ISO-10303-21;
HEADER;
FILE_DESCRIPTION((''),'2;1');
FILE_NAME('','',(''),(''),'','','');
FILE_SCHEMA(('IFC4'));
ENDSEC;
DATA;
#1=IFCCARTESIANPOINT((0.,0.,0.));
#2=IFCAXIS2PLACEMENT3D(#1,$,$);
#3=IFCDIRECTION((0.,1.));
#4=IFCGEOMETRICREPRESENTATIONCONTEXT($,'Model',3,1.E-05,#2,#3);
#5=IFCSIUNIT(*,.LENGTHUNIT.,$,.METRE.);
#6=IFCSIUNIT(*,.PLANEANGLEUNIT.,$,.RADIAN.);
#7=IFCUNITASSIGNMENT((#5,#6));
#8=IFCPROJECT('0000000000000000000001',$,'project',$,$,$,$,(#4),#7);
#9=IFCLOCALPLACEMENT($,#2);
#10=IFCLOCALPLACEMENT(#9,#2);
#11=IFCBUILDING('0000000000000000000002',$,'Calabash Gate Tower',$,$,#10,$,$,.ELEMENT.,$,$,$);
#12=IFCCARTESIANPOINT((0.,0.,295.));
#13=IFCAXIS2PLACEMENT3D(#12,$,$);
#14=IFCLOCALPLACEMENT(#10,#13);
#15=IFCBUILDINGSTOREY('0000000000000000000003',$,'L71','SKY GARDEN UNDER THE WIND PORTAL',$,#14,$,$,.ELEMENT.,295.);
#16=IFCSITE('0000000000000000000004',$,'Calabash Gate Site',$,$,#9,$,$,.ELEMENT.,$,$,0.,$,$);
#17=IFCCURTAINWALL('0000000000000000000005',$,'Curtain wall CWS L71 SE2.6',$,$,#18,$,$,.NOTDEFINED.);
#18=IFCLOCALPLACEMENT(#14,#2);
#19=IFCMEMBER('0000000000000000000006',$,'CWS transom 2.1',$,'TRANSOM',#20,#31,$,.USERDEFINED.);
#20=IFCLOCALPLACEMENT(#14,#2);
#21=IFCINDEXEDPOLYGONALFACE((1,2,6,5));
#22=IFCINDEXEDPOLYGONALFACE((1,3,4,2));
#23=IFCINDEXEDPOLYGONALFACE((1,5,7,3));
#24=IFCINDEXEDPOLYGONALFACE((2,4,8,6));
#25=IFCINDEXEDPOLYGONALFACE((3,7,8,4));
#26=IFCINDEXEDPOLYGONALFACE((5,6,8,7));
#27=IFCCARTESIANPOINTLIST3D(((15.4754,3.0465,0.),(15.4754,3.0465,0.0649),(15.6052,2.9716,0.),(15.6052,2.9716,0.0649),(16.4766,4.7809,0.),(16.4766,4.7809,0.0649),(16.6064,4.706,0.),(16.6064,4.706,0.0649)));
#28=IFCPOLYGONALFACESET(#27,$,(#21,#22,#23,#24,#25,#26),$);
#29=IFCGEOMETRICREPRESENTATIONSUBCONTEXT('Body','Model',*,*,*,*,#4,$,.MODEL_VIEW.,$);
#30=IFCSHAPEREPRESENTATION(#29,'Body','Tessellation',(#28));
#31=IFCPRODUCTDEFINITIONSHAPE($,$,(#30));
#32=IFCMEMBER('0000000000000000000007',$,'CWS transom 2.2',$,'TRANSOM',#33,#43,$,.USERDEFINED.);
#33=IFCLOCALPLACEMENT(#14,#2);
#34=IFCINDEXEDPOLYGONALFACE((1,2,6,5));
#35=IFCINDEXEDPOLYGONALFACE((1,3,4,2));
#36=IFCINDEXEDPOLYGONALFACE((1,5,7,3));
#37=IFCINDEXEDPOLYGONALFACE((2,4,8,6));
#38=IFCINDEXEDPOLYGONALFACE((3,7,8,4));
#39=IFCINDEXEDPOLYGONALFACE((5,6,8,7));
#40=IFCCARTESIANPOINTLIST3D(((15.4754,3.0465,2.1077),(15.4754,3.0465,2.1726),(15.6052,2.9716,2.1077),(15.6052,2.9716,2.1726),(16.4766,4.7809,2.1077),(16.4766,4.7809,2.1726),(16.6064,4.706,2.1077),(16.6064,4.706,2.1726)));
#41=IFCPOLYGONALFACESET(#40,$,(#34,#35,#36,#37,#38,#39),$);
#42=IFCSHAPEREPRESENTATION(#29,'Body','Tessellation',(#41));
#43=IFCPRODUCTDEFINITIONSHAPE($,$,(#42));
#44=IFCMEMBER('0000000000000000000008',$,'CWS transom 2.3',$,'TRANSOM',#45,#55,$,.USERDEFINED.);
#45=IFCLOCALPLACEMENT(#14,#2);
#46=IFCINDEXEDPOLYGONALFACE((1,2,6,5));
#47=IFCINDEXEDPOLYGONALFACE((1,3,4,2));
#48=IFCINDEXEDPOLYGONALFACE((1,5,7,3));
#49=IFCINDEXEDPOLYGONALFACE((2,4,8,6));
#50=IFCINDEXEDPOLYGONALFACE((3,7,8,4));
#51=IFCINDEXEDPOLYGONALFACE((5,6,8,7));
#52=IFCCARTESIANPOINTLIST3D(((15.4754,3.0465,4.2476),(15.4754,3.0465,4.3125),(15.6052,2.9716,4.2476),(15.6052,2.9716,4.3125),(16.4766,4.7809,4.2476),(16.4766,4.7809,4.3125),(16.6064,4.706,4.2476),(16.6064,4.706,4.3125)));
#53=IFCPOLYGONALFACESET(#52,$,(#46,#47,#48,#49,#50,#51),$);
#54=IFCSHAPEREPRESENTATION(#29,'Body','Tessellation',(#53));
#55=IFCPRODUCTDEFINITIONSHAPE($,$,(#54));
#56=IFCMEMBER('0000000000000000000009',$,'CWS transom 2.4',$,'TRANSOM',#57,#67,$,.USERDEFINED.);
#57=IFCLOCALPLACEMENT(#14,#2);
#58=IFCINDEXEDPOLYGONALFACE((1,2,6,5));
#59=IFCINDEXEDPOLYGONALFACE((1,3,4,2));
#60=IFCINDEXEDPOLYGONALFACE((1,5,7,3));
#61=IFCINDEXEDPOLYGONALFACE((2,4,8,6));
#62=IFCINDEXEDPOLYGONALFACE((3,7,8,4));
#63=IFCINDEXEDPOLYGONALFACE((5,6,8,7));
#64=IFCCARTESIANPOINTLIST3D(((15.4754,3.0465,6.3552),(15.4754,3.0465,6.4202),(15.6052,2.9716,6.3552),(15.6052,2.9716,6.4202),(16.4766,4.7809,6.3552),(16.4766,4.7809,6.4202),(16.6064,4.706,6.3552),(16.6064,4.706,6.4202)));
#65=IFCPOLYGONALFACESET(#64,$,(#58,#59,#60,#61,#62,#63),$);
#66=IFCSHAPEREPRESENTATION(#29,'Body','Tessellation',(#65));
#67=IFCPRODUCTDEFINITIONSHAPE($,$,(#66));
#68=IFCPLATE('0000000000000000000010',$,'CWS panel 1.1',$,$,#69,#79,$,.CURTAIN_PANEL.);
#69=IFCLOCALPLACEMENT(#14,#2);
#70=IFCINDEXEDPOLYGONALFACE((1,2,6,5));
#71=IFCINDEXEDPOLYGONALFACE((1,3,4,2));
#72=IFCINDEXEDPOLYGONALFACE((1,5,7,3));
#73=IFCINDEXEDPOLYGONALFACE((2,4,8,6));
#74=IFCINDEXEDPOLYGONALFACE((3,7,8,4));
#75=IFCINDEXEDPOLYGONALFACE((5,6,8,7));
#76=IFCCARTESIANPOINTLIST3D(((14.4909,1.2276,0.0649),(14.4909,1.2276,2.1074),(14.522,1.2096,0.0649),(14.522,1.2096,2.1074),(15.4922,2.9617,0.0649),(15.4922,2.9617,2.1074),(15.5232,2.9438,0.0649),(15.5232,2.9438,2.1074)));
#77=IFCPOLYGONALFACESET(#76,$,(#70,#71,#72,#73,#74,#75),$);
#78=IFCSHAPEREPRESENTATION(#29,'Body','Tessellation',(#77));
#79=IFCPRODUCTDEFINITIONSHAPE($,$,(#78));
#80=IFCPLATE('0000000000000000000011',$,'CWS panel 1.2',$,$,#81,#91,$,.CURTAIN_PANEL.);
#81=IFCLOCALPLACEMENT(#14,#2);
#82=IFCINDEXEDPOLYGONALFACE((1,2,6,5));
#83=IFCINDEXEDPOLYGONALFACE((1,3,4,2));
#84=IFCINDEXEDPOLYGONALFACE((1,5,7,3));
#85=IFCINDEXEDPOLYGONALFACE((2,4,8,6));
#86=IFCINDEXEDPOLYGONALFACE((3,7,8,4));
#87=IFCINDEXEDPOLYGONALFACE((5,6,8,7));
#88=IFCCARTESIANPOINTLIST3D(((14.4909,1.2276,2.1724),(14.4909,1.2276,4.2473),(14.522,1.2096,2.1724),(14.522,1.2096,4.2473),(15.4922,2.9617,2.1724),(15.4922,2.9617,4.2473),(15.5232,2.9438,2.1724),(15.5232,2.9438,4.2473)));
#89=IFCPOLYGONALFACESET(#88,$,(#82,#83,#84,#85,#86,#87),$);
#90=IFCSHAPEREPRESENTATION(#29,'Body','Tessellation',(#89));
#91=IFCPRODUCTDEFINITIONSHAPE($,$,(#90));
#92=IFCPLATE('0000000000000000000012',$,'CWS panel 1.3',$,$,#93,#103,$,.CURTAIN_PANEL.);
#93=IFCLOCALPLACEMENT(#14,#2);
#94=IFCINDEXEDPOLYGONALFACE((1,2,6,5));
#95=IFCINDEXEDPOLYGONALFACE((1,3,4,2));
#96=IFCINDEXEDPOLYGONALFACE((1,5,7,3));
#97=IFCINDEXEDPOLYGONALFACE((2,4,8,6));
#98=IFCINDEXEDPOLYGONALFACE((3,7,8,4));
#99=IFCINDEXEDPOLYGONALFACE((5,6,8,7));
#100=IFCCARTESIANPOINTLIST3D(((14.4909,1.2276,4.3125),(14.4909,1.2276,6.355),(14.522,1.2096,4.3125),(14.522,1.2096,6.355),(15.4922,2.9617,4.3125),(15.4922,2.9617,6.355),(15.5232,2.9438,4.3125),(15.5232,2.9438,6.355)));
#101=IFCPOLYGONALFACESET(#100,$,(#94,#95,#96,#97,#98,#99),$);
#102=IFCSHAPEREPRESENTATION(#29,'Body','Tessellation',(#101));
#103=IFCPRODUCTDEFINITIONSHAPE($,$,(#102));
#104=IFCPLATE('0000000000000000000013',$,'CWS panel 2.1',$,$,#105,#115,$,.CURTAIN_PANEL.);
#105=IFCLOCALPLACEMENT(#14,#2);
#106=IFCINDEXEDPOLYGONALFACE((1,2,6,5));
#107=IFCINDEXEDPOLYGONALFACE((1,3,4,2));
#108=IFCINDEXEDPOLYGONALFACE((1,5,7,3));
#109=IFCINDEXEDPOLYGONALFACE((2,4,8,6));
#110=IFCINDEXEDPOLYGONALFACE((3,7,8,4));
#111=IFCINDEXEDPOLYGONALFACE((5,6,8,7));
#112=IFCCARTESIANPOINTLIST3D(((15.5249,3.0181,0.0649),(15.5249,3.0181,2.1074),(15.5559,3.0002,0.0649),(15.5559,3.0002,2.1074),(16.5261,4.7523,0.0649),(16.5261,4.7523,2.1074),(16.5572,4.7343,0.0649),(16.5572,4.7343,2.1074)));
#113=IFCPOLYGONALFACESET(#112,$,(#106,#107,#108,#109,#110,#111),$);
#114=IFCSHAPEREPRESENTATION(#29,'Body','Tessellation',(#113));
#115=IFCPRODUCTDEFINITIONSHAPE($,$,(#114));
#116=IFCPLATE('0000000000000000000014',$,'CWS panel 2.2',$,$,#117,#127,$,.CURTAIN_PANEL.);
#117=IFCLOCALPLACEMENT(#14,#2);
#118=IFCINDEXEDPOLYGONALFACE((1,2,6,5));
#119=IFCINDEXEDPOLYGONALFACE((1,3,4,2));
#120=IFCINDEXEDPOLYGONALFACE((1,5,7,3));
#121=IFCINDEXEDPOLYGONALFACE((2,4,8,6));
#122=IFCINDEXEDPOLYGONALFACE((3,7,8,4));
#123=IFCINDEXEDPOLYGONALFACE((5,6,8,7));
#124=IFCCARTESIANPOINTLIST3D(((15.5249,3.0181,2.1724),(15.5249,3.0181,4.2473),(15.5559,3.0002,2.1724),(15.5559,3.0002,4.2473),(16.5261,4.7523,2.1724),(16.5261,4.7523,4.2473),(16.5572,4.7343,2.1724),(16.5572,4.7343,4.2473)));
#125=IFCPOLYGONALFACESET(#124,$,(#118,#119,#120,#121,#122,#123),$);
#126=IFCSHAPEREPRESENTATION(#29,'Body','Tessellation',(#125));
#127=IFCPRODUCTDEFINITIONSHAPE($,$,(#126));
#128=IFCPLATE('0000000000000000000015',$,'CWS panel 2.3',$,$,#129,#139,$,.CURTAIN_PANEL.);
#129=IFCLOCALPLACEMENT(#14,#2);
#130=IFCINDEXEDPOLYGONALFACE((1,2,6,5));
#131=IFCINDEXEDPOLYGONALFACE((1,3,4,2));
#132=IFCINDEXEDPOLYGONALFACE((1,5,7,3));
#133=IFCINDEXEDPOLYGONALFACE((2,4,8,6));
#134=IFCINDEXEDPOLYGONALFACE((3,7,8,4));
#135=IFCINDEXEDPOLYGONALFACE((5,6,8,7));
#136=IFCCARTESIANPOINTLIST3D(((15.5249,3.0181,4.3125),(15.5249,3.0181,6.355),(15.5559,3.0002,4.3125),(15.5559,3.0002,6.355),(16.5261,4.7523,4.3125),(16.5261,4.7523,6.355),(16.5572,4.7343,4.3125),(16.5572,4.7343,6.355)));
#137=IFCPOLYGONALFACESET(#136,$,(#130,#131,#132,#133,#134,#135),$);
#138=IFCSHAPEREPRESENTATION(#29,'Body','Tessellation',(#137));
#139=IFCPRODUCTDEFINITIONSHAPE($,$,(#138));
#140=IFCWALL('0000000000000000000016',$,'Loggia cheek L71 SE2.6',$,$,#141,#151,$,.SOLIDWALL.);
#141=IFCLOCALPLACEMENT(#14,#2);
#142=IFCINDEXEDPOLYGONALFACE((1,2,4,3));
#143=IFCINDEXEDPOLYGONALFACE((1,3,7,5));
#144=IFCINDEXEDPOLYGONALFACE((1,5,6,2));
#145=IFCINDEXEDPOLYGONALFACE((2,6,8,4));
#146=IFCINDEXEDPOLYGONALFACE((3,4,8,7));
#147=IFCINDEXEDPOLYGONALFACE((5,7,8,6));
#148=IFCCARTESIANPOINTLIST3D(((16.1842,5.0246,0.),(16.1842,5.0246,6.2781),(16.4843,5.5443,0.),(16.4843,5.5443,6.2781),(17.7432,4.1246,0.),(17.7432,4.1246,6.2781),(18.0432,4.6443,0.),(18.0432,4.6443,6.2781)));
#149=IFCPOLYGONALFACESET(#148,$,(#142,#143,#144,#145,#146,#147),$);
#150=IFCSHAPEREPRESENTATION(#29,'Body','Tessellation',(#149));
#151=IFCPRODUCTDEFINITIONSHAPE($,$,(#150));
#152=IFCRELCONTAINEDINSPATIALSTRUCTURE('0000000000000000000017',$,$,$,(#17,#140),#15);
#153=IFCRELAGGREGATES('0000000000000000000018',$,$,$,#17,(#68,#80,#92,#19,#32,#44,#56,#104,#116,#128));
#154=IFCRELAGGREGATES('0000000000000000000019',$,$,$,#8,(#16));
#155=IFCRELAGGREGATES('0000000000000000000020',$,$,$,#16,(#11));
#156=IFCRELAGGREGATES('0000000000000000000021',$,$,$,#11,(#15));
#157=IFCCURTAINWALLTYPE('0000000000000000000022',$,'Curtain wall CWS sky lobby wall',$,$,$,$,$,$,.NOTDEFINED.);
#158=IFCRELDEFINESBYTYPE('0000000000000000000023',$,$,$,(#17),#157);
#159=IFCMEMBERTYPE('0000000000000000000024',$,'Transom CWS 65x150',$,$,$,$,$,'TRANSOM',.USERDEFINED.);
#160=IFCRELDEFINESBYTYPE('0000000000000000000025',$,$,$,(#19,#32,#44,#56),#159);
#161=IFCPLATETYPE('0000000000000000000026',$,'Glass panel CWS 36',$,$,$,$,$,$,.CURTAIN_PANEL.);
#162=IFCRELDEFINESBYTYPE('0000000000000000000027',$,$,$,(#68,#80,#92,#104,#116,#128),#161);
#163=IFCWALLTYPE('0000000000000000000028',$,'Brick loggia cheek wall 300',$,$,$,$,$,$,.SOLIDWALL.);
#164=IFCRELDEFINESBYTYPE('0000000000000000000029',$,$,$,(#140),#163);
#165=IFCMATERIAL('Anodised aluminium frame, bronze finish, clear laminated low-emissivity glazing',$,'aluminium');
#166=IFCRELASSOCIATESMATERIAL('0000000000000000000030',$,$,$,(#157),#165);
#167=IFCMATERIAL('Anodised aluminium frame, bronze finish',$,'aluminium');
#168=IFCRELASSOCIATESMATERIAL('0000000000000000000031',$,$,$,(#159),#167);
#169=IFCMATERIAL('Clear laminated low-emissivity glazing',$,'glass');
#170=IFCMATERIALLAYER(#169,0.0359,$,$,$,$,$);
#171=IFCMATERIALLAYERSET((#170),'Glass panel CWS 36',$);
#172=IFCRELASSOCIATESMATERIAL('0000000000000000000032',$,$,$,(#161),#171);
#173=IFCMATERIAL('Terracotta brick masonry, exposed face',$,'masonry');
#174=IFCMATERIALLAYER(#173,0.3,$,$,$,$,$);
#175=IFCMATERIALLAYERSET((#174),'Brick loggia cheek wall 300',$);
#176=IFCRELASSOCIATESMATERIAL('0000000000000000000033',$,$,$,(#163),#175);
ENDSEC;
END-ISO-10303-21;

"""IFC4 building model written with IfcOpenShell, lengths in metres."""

from ifc_helpers import new_model, si_unit, direction, frame, frame_2d, origin, origin_2d, place, context, subcontext, project, spatial, rectangle, extrude, material, layer, layer_set, material_profile, profile_set, type_object, element, aggregate, save


model = new_model("IFC4")

# Units and contexts
model_context = context("Model", 3, precision=1e-05, world=origin(), true_north=direction((0.0, 1.0)))
body_context = subcontext(model_context, "Body", "Model", "MODEL_VIEW")
ifc_project = project(units=[si_unit("LENGTHUNIT", "METRE"), si_unit("PLANEANGLEUNIT", "RADIAN")], contexts=[model_context])

# Site, building, storey
site_placement = place(None, origin())
site = spatial("IfcSite", under=ifc_project, at=site_placement, Name="Calabash Gate Site", CompositionType="ELEMENT", RefElevation=0.0)
building_placement = place(site_placement, origin())
building = spatial("IfcBuilding", under=site, at=building_placement, Name="Calabash Gate Tower", CompositionType="ELEMENT")
storey_placement = place(building_placement, frame((0.0, 0.0, 295.0)))
storey = spatial("IfcBuildingStorey", under=building, at=storey_placement, Name="L71", Description="SKY GARDEN UNDER THE WIND PORTAL", CompositionType="ELEMENT", Elevation=295.0)

# Curtain wall, members, plates
ifc_material_1 = material(Name="Anodised aluminium frame, bronze finish, clear laminated low-emissivity glazing", Category="aluminium")
curtain_wall_type = type_object("IfcCurtainWallType", Name="Curtain wall CWS sky lobby wall", PredefinedType="NOTDEFINED", material=ifc_material_1)
curtain_wall_placement = place(storey_placement, origin())
curtain_wall = element("IfcCurtainWall", 1, at=curtain_wall_placement, inside=storey, type_object=curtain_wall_type, Name="Curtain wall CWS L71 SE2.6", PredefinedType="NOTDEFINED")
ifc_material_2 = material(Name="Anodised aluminium frame, bronze finish", Category="aluminium")
ifc_material_profile_1 = material_profile(ifc_material_2, rectangle(XDim=0.1499, YDim=0.0649, at=origin_2d()))
ifc_profile_set_1 = profile_set([ifc_material_profile_1], Name="Anodised aluminium frame, bronze finish")
member_type_1 = type_object("IfcMemberType", Name="Transom CWS 65x150", ElementType="TRANSOM", PredefinedType="USERDEFINED", material=ifc_profile_set_1)
member_1_placement = place(storey_placement, frame((15.5403, 3.009, 0.0325), z_axis=(0.499955, 0.866052, 0.0), x_axis=(-0.866052, 0.499955, 0.0)))
member_1 = element("IfcMember", 2, at=member_1_placement, type_object=member_type_1, Name="CWS transom 2.1", ObjectType="TRANSOM", PredefinedType="USERDEFINED", context=body_context, shape_type="SweptSolid", body=[
    extrude(rectangle(XDim=0.1499, YDim=0.0649, at=origin_2d()), origin(), (0.0, 0.0, 1.0), 2.0027),
])
member_2_placement = place(storey_placement, frame((15.5403, 3.009, 2.1401), z_axis=(0.499955, 0.866052, 0.0), x_axis=(-0.866052, 0.499955, 0.0)))
member_2 = element("IfcMember", 3, at=member_2_placement, type_object=member_type_1, Name="CWS transom 2.2", ObjectType="TRANSOM", PredefinedType="USERDEFINED", context=body_context, shape_type="SweptSolid", body=[
    extrude(rectangle(XDim=0.1499, YDim=0.0649, at=origin_2d()), origin(), (0.0, 0.0, 1.0), 2.0027),
])
member_3_placement = place(storey_placement, frame((15.5403, 3.009, 4.28), z_axis=(0.499955, 0.866052, 0.0), x_axis=(-0.866052, 0.499955, 0.0)))
member_3 = element("IfcMember", 4, at=member_3_placement, type_object=member_type_1, Name="CWS transom 2.3", ObjectType="TRANSOM", PredefinedType="USERDEFINED", context=body_context, shape_type="SweptSolid", body=[
    extrude(rectangle(XDim=0.1499, YDim=0.0649, at=origin_2d()), origin(), (0.0, 0.0, 1.0), 2.0027),
])
member_4_placement = place(storey_placement, frame((15.5403, 3.009, 6.3877), z_axis=(0.499955, 0.866052, 0.0), x_axis=(-0.866052, 0.499955, 0.0)))
member_4 = element("IfcMember", 5, at=member_4_placement, type_object=member_type_1, Name="CWS transom 2.4", ObjectType="TRANSOM", PredefinedType="USERDEFINED", context=body_context, shape_type="SweptSolid", body=[
    extrude(rectangle(XDim=0.1499, YDim=0.0649, at=origin_2d()), origin(), (0.0, 0.0, 1.0), 2.0027),
])
ifc_material_3 = material(Name="Clear laminated low-emissivity glazing", Category="glass")
ifc_layer_1 = layer(ifc_material_3, 0.0359)
ifc_layer_set_1 = layer_set([ifc_layer_1], Name="Glass panel CWS 36")
plate_type = type_object("IfcPlateType", Name="Glass panel CWS 36", PredefinedType="CURTAIN_PANEL", material=ifc_layer_set_1)
plate_1_placement = place(storey_placement, frame((15.0071, 2.0857, 0.0649), z_axis=(0.0, 0.0, 1.0), x_axis=(0.5, 0.866025, 0.0)))
plate_1 = element("IfcPlate", 6, at=plate_1_placement, type_object=plate_type, Name="CWS panel 1.1", PredefinedType="CURTAIN_PANEL", context=body_context, shape_type="SweptSolid", body=[
    extrude(rectangle(XDim=2.0024, YDim=0.0359, at=origin_2d()), origin(), (0.0, 0.0, 1.0), 2.0425),
])
plate_2_placement = place(storey_placement, frame((15.0071, 2.0857, 2.1724), z_axis=(0.0, 0.0, 1.0), x_axis=(0.5, 0.866025, 0.0)))
plate_2 = element("IfcPlate", 7, at=plate_2_placement, type_object=plate_type, Name="CWS panel 1.2", PredefinedType="CURTAIN_PANEL", context=body_context, shape_type="SweptSolid", body=[
    extrude(rectangle(XDim=2.0024, YDim=0.0359, at=origin_2d()), origin(), (0.0, 0.0, 1.0), 2.075),
])
plate_3_placement = place(storey_placement, frame((15.0071, 2.0857, 4.3125), z_axis=(0.0, 0.0, 1.0), x_axis=(0.5, 0.866025, 0.0)))
plate_3 = element("IfcPlate", 8, at=plate_3_placement, type_object=plate_type, Name="CWS panel 1.3", PredefinedType="CURTAIN_PANEL", context=body_context, shape_type="SweptSolid", body=[
    extrude(rectangle(XDim=2.0024, YDim=0.0359, at=origin_2d()), origin(), (0.0, 0.0, 1.0), 2.0425),
])
plate_4_placement = place(storey_placement, frame((16.041, 3.8762, 0.0649), z_axis=(0.0, 0.0, 1.0), x_axis=(0.5, 0.866025, 0.0)))
plate_4 = element("IfcPlate", 9, at=plate_4_placement, type_object=plate_type, Name="CWS panel 2.1", PredefinedType="CURTAIN_PANEL", context=body_context, shape_type="SweptSolid", body=[
    extrude(rectangle(XDim=2.0024, YDim=0.0359, at=origin_2d()), origin(), (0.0, 0.0, 1.0), 2.0425),
])
plate_5_placement = place(storey_placement, frame((16.041, 3.8762, 2.1724), z_axis=(0.0, 0.0, 1.0), x_axis=(0.5, 0.866025, 0.0)))
plate_5 = element("IfcPlate", 10, at=plate_5_placement, type_object=plate_type, Name="CWS panel 2.2", PredefinedType="CURTAIN_PANEL", context=body_context, shape_type="SweptSolid", body=[
    extrude(rectangle(XDim=2.0024, YDim=0.0359, at=origin_2d()), origin(), (0.0, 0.0, 1.0), 2.075),
])
plate_6_placement = place(storey_placement, frame((16.041, 3.8762, 4.3125), z_axis=(0.0, 0.0, 1.0), x_axis=(0.5, 0.866025, 0.0)))
plate_6 = element("IfcPlate", 11, at=plate_6_placement, type_object=plate_type, Name="CWS panel 2.3", PredefinedType="CURTAIN_PANEL", context=body_context, shape_type="SweptSolid", body=[
    extrude(rectangle(XDim=2.0024, YDim=0.0359, at=origin_2d()), origin(), (0.0, 0.0, 1.0), 2.0425),
])
aggregate(curtain_wall, [plate_1, plate_2, plate_3, member_1, member_2, member_3, member_4, plate_4, plate_5, plate_6])

# Wall
ifc_material_4 = material(Name="Terracotta brick masonry, exposed face", Category="masonry")
ifc_layer_2 = layer(ifc_material_4, 0.3)
ifc_layer_set_2 = layer_set([ifc_layer_2], Name="Brick loggia cheek wall 300")
wall_type_1 = type_object("IfcWallType", Name="Brick loggia cheek wall 300", PredefinedType="SOLIDWALL", material=ifc_layer_set_2)
wall_1_placement = place(storey_placement, frame((17.8931, 4.3845, 0.0), z_axis=(0.0, 0.0, 1.0), x_axis=(-0.866048, 0.499961, 0.0)))
element("IfcWall", 12, at=wall_1_placement, inside=storey, type_object=wall_type_1, Name="Loggia cheek L71 SE2.6", PredefinedType="SOLIDWALL", context=body_context, shape_type="SweptSolid", body=[
    extrude(rectangle(XDim=1.8, YDim=0.6001, at=frame_2d((0.8999, 0.0))), origin(), (0.0, 0.0, 1.0), 6.2781),
])

save(model, "model.ifc")
